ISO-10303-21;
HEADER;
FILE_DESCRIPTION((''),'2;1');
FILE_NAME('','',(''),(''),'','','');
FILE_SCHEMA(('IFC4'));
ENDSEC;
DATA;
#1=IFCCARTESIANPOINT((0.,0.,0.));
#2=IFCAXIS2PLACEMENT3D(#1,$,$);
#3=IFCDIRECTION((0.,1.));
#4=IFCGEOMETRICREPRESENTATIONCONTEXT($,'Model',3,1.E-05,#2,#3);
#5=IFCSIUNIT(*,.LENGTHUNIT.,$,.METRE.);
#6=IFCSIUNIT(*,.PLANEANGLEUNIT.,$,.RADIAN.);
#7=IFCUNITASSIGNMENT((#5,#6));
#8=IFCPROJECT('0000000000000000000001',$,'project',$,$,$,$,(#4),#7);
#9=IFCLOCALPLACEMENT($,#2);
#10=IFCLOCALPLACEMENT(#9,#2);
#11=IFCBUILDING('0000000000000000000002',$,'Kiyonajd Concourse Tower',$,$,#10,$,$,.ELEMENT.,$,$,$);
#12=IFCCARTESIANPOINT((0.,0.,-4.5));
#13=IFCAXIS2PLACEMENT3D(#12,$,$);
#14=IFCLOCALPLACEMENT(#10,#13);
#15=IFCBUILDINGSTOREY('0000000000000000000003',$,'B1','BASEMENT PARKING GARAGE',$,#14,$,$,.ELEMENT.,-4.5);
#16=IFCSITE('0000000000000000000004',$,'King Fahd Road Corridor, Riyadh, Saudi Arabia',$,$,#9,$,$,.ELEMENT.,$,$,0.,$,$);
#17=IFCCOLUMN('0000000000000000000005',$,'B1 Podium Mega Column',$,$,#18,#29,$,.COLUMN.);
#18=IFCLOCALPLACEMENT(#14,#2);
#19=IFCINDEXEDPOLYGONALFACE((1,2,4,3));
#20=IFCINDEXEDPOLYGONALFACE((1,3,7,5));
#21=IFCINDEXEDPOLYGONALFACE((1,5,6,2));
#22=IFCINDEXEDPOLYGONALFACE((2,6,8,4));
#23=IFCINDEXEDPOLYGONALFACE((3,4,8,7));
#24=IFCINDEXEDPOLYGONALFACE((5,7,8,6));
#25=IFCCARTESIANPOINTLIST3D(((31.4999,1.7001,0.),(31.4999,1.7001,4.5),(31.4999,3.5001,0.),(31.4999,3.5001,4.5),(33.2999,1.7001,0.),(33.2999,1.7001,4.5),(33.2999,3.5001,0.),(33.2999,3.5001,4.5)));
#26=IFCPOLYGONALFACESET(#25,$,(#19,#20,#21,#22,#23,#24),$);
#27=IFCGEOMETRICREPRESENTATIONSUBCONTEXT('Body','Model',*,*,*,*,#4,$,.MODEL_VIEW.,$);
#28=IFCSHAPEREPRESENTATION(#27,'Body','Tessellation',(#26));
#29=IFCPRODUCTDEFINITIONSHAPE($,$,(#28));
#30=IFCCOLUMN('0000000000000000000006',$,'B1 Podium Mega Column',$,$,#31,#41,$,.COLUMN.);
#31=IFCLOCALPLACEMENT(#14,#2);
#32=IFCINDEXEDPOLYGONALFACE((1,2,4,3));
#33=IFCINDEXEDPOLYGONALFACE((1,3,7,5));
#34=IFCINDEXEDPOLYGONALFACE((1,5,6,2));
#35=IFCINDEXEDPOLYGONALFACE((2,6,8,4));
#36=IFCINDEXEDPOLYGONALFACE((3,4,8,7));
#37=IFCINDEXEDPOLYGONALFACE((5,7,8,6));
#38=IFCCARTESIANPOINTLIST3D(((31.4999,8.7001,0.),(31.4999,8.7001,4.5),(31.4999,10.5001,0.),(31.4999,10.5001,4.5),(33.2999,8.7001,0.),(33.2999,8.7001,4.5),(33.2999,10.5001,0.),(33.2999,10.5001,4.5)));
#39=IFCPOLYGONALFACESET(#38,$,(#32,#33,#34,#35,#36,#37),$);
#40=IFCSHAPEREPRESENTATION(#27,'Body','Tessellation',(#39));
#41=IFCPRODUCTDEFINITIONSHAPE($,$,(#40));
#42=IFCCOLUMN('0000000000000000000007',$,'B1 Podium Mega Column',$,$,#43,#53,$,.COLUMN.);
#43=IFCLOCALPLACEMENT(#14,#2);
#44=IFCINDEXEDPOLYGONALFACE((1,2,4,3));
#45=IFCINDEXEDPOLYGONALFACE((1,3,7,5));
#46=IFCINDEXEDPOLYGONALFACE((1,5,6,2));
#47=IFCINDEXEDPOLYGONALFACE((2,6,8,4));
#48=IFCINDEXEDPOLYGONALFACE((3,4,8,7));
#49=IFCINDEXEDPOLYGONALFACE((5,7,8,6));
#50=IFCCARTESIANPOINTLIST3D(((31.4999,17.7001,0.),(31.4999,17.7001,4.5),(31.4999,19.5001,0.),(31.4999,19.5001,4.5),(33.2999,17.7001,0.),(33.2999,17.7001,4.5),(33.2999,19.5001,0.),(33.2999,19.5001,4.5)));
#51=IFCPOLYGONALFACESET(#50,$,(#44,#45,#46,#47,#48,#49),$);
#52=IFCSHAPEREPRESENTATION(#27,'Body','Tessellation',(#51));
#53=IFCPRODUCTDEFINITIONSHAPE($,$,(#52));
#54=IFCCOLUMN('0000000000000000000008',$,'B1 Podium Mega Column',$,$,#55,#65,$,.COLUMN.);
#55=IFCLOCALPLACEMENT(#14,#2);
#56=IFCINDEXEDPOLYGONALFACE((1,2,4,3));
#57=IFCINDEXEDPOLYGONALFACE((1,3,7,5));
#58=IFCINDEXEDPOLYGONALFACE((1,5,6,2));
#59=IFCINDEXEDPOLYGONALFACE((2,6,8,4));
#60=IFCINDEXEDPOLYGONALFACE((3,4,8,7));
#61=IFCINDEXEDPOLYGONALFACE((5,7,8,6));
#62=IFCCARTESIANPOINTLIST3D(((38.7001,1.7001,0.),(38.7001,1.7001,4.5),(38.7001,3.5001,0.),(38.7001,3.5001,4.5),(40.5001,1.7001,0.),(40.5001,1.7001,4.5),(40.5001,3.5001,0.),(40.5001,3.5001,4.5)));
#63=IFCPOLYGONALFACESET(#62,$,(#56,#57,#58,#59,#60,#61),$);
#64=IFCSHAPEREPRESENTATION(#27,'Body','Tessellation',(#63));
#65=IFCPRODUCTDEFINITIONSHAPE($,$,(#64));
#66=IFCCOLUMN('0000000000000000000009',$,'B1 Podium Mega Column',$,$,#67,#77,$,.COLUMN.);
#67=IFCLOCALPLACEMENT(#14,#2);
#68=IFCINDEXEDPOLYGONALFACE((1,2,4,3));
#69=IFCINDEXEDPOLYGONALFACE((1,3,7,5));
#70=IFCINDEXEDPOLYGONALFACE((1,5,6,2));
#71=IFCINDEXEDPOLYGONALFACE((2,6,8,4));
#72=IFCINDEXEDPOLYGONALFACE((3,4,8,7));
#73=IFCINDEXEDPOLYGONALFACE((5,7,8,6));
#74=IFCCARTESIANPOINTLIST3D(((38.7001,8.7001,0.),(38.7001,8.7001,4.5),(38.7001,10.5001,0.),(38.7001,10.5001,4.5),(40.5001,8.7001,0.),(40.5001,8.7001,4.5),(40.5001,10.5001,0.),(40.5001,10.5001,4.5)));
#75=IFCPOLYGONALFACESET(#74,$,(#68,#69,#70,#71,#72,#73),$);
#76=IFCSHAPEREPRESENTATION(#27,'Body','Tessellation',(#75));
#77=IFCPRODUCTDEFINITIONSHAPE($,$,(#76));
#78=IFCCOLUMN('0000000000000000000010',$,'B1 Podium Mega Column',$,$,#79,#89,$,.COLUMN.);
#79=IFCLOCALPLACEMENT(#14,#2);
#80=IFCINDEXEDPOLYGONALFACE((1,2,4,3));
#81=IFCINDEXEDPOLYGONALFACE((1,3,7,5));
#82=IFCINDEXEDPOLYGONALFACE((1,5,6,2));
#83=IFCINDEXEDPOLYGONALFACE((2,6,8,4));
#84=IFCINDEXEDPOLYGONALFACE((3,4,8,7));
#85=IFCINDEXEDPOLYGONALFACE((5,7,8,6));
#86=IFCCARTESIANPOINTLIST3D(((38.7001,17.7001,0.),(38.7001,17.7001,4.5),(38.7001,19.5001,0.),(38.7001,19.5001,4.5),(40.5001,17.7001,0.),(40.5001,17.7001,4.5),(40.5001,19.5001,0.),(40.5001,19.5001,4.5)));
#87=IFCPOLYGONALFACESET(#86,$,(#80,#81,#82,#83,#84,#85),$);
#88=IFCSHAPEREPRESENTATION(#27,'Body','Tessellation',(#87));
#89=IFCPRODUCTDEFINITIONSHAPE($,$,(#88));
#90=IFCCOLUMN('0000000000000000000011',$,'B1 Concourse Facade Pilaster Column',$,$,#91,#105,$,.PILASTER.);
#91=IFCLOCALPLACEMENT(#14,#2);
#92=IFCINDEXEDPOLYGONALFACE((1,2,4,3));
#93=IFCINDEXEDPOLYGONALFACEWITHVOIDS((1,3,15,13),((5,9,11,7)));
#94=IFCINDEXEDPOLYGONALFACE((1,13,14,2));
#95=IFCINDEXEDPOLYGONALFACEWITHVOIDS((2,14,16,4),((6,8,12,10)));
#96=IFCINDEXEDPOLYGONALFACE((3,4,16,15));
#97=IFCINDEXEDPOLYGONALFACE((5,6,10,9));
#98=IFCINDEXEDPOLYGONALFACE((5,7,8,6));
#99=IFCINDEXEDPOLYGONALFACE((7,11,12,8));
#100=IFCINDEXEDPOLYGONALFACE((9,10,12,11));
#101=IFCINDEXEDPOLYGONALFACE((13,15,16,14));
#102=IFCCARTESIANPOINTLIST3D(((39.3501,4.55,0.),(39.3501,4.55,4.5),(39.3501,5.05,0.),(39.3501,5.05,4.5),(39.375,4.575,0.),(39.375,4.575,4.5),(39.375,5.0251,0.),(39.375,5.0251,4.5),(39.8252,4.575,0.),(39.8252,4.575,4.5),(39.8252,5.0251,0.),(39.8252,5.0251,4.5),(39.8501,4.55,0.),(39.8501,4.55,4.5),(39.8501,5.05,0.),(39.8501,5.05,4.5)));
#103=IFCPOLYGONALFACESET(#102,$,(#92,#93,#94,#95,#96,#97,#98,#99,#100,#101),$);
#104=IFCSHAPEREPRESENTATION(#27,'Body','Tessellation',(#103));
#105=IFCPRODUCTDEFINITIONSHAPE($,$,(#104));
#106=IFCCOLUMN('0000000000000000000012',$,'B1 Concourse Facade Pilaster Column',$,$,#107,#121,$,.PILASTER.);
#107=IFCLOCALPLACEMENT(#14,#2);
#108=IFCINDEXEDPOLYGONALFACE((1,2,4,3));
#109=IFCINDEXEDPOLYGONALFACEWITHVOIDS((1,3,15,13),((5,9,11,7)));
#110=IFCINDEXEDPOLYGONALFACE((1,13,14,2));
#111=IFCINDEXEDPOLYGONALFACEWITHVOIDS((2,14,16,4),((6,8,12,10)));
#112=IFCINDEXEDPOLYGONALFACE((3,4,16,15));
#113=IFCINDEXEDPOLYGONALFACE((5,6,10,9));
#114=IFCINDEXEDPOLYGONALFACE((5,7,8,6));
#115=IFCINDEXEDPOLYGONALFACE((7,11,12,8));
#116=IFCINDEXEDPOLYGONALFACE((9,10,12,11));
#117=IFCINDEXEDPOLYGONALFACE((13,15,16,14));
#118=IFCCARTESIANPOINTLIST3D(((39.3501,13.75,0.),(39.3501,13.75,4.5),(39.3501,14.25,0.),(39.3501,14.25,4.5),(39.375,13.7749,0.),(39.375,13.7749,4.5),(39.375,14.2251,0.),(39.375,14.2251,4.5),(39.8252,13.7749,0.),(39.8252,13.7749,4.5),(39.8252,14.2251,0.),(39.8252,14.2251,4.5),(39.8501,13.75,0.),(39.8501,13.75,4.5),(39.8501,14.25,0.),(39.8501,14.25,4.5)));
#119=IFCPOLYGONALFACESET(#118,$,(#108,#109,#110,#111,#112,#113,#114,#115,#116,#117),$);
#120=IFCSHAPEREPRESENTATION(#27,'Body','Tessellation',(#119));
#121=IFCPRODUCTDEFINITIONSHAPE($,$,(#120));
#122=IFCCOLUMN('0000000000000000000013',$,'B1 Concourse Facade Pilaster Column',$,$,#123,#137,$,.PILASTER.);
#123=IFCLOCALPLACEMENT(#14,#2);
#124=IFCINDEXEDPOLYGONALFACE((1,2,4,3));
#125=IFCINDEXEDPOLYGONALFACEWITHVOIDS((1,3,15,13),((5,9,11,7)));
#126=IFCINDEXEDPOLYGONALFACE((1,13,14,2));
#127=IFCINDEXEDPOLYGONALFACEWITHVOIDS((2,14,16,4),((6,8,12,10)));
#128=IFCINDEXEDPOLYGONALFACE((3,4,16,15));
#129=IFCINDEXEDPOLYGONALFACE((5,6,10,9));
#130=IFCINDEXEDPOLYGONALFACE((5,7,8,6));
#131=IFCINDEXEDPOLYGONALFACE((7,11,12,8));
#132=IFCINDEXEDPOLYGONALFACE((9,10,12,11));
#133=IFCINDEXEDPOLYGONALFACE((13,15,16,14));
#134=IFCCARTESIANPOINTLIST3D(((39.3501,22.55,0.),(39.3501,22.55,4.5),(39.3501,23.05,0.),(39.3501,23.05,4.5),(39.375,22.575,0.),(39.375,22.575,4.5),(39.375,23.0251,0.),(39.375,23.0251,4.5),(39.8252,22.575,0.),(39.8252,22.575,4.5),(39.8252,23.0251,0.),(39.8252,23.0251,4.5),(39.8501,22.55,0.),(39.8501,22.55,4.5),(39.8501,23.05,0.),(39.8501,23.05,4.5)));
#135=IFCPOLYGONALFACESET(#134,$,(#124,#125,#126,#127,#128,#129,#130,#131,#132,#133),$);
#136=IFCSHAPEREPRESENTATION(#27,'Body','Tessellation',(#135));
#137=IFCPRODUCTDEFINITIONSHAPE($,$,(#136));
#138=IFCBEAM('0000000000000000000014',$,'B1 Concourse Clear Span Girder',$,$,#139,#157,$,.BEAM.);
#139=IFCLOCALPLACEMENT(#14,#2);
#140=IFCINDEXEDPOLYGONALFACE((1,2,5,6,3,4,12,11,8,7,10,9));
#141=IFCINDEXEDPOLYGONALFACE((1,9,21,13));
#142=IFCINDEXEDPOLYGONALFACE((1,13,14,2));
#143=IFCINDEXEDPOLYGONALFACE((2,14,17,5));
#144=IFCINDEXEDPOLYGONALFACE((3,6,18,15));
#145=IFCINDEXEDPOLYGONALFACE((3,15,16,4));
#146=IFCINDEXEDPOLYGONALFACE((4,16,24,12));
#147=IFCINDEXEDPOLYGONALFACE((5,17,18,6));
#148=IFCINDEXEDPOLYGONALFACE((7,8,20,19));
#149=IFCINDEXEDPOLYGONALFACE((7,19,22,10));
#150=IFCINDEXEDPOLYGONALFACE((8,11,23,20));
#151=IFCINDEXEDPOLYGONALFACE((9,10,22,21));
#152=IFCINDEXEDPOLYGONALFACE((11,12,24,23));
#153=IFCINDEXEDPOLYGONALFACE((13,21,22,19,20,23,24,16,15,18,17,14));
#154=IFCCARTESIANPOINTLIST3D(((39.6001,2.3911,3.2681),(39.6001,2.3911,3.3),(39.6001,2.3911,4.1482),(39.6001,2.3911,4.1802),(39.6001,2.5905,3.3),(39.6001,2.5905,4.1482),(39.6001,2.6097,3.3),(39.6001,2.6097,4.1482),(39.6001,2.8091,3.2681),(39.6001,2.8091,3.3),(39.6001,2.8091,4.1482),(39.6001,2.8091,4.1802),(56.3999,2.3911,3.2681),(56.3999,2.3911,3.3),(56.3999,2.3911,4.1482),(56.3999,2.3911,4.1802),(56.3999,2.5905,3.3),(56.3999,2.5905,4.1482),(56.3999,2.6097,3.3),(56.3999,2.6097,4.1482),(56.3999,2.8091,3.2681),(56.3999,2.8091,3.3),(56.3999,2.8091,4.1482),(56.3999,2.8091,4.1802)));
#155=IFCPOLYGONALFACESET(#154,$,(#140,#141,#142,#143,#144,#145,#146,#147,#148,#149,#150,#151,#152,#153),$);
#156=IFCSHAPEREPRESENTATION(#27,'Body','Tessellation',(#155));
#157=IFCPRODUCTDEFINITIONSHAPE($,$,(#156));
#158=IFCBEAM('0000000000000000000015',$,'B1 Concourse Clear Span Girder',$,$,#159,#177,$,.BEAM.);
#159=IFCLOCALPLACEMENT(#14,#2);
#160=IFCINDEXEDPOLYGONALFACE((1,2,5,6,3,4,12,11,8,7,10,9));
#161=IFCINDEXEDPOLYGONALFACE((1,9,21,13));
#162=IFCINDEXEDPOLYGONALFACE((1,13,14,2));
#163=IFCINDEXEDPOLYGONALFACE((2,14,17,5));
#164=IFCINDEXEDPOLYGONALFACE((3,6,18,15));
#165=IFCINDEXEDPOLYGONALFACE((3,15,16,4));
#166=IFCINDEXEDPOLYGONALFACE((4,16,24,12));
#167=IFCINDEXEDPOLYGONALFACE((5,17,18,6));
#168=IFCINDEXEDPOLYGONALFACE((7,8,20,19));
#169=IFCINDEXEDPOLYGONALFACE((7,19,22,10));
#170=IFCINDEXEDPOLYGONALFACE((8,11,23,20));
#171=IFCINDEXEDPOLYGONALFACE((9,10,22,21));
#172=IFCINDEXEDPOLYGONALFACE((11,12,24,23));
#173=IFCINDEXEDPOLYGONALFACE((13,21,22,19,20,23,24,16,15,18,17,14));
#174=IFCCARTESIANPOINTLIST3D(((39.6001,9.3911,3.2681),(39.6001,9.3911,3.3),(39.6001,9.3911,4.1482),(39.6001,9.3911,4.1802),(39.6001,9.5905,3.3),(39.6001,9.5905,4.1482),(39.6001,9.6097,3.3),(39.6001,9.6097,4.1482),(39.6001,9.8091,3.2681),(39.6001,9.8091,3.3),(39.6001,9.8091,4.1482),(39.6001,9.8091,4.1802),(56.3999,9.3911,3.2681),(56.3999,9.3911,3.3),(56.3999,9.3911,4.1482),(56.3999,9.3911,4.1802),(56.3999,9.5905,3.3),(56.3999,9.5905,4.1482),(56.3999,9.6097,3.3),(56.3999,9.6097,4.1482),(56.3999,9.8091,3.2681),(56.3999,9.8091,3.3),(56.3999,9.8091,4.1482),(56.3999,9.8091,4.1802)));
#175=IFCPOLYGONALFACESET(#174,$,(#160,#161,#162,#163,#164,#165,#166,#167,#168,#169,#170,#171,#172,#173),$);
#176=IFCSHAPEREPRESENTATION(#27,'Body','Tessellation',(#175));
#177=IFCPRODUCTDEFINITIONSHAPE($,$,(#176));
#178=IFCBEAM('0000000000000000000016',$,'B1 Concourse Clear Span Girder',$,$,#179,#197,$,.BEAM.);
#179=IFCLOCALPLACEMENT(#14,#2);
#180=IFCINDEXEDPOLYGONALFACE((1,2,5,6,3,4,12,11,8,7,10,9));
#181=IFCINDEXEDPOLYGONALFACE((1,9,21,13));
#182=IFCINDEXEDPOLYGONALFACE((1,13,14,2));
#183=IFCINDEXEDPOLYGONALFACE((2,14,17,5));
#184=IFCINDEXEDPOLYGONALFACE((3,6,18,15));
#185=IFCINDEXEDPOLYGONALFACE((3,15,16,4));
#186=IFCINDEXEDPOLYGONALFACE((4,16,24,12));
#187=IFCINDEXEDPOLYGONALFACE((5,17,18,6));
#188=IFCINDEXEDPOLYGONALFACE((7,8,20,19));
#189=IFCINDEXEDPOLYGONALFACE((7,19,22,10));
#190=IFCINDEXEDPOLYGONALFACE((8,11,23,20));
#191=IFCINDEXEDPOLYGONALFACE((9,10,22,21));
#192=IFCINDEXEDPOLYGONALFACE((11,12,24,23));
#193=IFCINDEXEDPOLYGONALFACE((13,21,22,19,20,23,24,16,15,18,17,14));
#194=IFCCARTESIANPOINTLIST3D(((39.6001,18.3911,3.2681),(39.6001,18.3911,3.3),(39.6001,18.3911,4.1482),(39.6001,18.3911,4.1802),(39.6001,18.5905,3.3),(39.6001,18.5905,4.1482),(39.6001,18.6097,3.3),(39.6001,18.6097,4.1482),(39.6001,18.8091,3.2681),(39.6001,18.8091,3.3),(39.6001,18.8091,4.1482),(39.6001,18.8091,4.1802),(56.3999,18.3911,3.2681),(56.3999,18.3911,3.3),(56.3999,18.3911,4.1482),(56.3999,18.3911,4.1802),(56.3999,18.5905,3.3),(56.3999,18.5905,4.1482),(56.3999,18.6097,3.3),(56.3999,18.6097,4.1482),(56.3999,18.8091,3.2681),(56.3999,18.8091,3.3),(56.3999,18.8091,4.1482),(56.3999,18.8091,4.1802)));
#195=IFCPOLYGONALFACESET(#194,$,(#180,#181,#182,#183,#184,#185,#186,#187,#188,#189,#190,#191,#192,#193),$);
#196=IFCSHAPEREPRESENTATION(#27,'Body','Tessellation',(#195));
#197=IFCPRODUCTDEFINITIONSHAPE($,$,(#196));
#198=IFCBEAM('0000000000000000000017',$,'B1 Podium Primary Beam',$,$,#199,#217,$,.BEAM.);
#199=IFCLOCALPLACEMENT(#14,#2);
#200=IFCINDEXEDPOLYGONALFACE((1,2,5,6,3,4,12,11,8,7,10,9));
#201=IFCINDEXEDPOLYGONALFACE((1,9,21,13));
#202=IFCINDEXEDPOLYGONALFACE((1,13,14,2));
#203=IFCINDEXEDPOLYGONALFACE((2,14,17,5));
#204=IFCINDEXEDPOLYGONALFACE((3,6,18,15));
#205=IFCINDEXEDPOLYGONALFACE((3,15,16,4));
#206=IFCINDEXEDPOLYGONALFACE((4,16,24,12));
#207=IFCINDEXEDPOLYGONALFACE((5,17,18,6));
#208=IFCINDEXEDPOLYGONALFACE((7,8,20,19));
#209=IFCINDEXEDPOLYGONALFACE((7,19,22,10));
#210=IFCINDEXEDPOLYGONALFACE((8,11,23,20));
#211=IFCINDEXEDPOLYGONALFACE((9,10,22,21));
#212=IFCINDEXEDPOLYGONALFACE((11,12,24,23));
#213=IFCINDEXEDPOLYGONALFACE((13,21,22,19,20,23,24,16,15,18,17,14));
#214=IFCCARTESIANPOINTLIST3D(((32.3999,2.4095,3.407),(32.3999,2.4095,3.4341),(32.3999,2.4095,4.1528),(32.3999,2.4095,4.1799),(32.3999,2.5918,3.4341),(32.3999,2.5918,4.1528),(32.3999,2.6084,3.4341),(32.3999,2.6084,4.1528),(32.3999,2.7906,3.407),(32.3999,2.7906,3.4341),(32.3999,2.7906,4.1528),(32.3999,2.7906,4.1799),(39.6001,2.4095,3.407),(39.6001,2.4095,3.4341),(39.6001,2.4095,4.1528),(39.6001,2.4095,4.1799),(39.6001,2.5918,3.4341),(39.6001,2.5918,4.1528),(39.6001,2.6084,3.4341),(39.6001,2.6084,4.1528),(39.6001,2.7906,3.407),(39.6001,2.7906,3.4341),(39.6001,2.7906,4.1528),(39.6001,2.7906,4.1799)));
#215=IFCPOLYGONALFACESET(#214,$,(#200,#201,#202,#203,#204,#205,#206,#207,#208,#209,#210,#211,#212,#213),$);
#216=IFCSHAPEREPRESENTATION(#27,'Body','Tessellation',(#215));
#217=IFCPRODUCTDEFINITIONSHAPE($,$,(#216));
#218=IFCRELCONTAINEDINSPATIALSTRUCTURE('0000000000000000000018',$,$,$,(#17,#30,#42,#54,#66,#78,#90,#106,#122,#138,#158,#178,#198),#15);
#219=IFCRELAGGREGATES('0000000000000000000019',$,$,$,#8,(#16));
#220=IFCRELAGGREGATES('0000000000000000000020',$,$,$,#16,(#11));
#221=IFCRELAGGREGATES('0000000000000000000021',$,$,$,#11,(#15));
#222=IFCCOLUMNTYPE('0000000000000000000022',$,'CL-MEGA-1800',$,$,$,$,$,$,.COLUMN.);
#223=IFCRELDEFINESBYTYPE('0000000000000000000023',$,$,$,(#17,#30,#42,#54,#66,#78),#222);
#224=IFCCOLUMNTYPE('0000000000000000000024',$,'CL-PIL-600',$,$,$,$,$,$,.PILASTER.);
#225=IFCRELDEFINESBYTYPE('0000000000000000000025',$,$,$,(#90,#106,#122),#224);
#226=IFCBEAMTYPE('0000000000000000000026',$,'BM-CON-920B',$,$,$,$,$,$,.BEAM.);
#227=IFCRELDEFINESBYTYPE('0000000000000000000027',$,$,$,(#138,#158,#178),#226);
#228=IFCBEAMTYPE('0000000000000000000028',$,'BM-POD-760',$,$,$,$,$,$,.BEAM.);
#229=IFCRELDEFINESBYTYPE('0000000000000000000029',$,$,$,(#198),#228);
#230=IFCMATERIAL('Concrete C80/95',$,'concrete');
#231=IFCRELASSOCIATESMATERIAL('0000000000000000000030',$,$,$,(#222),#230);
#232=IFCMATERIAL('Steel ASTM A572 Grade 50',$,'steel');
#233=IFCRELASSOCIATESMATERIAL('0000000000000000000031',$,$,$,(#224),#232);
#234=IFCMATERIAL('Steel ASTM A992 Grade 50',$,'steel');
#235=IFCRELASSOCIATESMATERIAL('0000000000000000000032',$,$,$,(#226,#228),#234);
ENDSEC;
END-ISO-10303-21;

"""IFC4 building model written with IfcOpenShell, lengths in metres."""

from ifc_helpers import new_model, si_unit, direction, frame, origin, origin_2d, place, context, subcontext, project, spatial, rectangle, hollow_rectangle, i_section, extrude, material, material_profile, profile_set, type_object, element, save


model = new_model("IFC4")

# Units and contexts
model_context = context("Model", 3, precision=1e-05, world=origin(), true_north=direction((0.0, 1.0)))
body_context = subcontext(model_context, "Body", "Model", "MODEL_VIEW")
ifc_project = project(units=[si_unit("LENGTHUNIT", "METRE"), si_unit("PLANEANGLEUNIT", "RADIAN")], contexts=[model_context])

# Site, building, storey
site_placement = place(None, origin())
site = spatial("IfcSite", under=ifc_project, at=site_placement, Name="King Fahd Road Corridor, Riyadh, Saudi Arabia", CompositionType="ELEMENT", RefElevation=0.0)
building_placement = place(site_placement, origin())
building = spatial("IfcBuilding", under=site, at=building_placement, Name="Kiyonajd Concourse Tower", CompositionType="ELEMENT")
storey_placement = place(building_placement, frame((0.0, 0.0, -4.5)))
storey = spatial("IfcBuildingStorey", under=building, at=storey_placement, Name="B1", Description="BASEMENT PARKING GARAGE", CompositionType="ELEMENT", Elevation=-4.5)

# Columns
ifc_material_1 = material(Name="Concrete C80/95", Category="concrete")
ifc_material_profile_1 = material_profile(ifc_material_1, rectangle(XDim=1.8, YDim=1.8, at=origin_2d()), Name="RC-1800x1800")
ifc_profile_set_1 = profile_set([ifc_material_profile_1], Name="Concrete C80/95")
column_type_1 = type_object("IfcColumnType", Name="CL-MEGA-1800", PredefinedType="COLUMN", material=ifc_profile_set_1)
for number, where, z_axis, x_axis, name in (
    (1, (32.3999, 2.6001, 0.0), (0.0, 0.0, 1.0), (1.0, 0.0, 0.0), "B1 Podium Mega Column"),
    (2, (32.3999, 9.6001, 0.0), (0.0, 0.0, 1.0), (1.0, 0.0, 0.0), "B1 Podium Mega Column"),
    (3, (32.3999, 18.6001, 0.0), (0.0, 0.0, 1.0), (1.0, 0.0, 0.0), "B1 Podium Mega Column"),
    (4, (39.6001, 2.6001, 0.0), (0.0, 0.0, 1.0), (1.0, 0.0, 0.0), "B1 Podium Mega Column"),
    (5, (39.6001, 9.6001, 0.0), (0.0, 0.0, 1.0), (1.0, 0.0, 0.0), "B1 Podium Mega Column"),
    (6, (39.6001, 18.6001, 0.0), (0.0, 0.0, 1.0), (1.0, 0.0, 0.0), "B1 Podium Mega Column"),
):
    element("IfcColumn", number, at=place(storey_placement, frame(where, z_axis=z_axis, x_axis=x_axis)), inside=storey, type_object=column_type_1, Name=name, PredefinedType="COLUMN", context=body_context, shape_type="SweptSolid", body=[
        extrude(rectangle(XDim=1.8, YDim=1.8, at=origin_2d()), origin(), (0.0, 0.0, 1.0), 4.5),
    ])
ifc_material_2 = material(Name="Steel ASTM A572 Grade 50", Category="steel")
ifc_material_profile_2 = material_profile(ifc_material_2, hollow_rectangle(XDim=0.5, YDim=0.5, WallThickness=0.0249, at=origin_2d()), Name="HSS-500x500x25")
ifc_profile_set_2 = profile_set([ifc_material_profile_2], Name="Steel ASTM A572 Grade 50")
column_type_2 = type_object("IfcColumnType", Name="CL-PIL-600", PredefinedType="PILASTER", material=ifc_profile_set_2)
for number, where, z_axis, x_axis, name in (
    (7, (39.6001, 4.8, 0.0), (0.0, 0.0, 1.0), (1.0, 0.0, 0.0), "B1 Concourse Facade Pilaster Column"),
    (8, (39.6001, 14.0, 0.0), (0.0, 0.0, 1.0), (1.0, 0.0, 0.0), "B1 Concourse Facade Pilaster Column"),
    (9, (39.6001, 22.8, 0.0), (0.0, 0.0, 1.0), (1.0, 0.0, 0.0), "B1 Concourse Facade Pilaster Column"),
):
    element("IfcColumn", number, at=place(storey_placement, frame(where, z_axis=z_axis, x_axis=x_axis)), inside=storey, type_object=column_type_2, Name=name, PredefinedType="PILASTER", context=body_context, shape_type="SweptSolid", body=[
        extrude(hollow_rectangle(XDim=0.5, YDim=0.5, WallThickness=0.0249, at=origin_2d()), origin(), (0.0, 0.0, 1.0), 4.5),
    ])

# Beams
ifc_material_3 = material(Name="Steel ASTM A992 Grade 50", Category="steel")
ifc_material_profile_3 = material_profile(ifc_material_3, i_section(OverallWidth=0.418, OverallDepth=0.9121, WebThickness=0.0193, FlangeThickness=0.032, at=origin_2d()), Name="W920X342")
ifc_profile_set_3 = profile_set([ifc_material_profile_3], Name="Steel ASTM A992 Grade 50")
beam_type_1 = type_object("IfcBeamType", Name="BM-CON-920B", PredefinedType="BEAM", material=ifc_profile_set_3)
for number, where, z_axis, x_axis, name in (
    (10, (39.6001, 2.6001, 3.7241), (1.0, 0.0, 0.0), (0.0, 1.0, 0.0), "B1 Concourse Clear Span Girder"),
    (11, (39.6001, 9.6001, 3.7241), (1.0, 0.0, 0.0), (0.0, 1.0, 0.0), "B1 Concourse Clear Span Girder"),
    (12, (39.6001, 18.6001, 3.7241), (1.0, 0.0, 0.0), (0.0, 1.0, 0.0), "B1 Concourse Clear Span Girder"),
):
    element("IfcBeam", number, at=place(storey_placement, frame(where, z_axis=z_axis, x_axis=x_axis)), inside=storey, type_object=beam_type_1, Name=name, PredefinedType="BEAM", context=body_context, shape_type="SweptSolid", body=[
        extrude(i_section(OverallWidth=0.418, OverallDepth=0.9121, WebThickness=0.0193, FlangeThickness=0.032, at=origin_2d()), origin(), (0.0, 0.0, 1.0), 16.7998),
    ])
ifc_material_profile_4 = material_profile(ifc_material_3, i_section(OverallWidth=0.3811, OverallDepth=0.7729, WebThickness=0.0166, FlangeThickness=0.0271, at=origin_2d()), Name="W760X257")
ifc_profile_set_4 = profile_set([ifc_material_profile_4], Name="Steel ASTM A992 Grade 50")
beam_type_2 = type_object("IfcBeamType", Name="BM-POD-760", PredefinedType="BEAM", material=ifc_profile_set_4)
for number, where, z_axis, x_axis, name in (
    (13, (32.3999, 2.6001, 3.7935), (1.0, 0.0, 0.0), (0.0, 1.0, 0.0), "B1 Podium Primary Beam"),
):
    element("IfcBeam", number, at=place(storey_placement, frame(where, z_axis=z_axis, x_axis=x_axis)), inside=storey, type_object=beam_type_2, Name=name, PredefinedType="BEAM", context=body_context, shape_type="SweptSolid", body=[
        extrude(i_section(OverallWidth=0.3811, OverallDepth=0.7729, WebThickness=0.0166, FlangeThickness=0.0271, at=origin_2d()), origin(), (0.0, 0.0, 1.0), 7.2002),
    ])

save(model, "model.ifc")
